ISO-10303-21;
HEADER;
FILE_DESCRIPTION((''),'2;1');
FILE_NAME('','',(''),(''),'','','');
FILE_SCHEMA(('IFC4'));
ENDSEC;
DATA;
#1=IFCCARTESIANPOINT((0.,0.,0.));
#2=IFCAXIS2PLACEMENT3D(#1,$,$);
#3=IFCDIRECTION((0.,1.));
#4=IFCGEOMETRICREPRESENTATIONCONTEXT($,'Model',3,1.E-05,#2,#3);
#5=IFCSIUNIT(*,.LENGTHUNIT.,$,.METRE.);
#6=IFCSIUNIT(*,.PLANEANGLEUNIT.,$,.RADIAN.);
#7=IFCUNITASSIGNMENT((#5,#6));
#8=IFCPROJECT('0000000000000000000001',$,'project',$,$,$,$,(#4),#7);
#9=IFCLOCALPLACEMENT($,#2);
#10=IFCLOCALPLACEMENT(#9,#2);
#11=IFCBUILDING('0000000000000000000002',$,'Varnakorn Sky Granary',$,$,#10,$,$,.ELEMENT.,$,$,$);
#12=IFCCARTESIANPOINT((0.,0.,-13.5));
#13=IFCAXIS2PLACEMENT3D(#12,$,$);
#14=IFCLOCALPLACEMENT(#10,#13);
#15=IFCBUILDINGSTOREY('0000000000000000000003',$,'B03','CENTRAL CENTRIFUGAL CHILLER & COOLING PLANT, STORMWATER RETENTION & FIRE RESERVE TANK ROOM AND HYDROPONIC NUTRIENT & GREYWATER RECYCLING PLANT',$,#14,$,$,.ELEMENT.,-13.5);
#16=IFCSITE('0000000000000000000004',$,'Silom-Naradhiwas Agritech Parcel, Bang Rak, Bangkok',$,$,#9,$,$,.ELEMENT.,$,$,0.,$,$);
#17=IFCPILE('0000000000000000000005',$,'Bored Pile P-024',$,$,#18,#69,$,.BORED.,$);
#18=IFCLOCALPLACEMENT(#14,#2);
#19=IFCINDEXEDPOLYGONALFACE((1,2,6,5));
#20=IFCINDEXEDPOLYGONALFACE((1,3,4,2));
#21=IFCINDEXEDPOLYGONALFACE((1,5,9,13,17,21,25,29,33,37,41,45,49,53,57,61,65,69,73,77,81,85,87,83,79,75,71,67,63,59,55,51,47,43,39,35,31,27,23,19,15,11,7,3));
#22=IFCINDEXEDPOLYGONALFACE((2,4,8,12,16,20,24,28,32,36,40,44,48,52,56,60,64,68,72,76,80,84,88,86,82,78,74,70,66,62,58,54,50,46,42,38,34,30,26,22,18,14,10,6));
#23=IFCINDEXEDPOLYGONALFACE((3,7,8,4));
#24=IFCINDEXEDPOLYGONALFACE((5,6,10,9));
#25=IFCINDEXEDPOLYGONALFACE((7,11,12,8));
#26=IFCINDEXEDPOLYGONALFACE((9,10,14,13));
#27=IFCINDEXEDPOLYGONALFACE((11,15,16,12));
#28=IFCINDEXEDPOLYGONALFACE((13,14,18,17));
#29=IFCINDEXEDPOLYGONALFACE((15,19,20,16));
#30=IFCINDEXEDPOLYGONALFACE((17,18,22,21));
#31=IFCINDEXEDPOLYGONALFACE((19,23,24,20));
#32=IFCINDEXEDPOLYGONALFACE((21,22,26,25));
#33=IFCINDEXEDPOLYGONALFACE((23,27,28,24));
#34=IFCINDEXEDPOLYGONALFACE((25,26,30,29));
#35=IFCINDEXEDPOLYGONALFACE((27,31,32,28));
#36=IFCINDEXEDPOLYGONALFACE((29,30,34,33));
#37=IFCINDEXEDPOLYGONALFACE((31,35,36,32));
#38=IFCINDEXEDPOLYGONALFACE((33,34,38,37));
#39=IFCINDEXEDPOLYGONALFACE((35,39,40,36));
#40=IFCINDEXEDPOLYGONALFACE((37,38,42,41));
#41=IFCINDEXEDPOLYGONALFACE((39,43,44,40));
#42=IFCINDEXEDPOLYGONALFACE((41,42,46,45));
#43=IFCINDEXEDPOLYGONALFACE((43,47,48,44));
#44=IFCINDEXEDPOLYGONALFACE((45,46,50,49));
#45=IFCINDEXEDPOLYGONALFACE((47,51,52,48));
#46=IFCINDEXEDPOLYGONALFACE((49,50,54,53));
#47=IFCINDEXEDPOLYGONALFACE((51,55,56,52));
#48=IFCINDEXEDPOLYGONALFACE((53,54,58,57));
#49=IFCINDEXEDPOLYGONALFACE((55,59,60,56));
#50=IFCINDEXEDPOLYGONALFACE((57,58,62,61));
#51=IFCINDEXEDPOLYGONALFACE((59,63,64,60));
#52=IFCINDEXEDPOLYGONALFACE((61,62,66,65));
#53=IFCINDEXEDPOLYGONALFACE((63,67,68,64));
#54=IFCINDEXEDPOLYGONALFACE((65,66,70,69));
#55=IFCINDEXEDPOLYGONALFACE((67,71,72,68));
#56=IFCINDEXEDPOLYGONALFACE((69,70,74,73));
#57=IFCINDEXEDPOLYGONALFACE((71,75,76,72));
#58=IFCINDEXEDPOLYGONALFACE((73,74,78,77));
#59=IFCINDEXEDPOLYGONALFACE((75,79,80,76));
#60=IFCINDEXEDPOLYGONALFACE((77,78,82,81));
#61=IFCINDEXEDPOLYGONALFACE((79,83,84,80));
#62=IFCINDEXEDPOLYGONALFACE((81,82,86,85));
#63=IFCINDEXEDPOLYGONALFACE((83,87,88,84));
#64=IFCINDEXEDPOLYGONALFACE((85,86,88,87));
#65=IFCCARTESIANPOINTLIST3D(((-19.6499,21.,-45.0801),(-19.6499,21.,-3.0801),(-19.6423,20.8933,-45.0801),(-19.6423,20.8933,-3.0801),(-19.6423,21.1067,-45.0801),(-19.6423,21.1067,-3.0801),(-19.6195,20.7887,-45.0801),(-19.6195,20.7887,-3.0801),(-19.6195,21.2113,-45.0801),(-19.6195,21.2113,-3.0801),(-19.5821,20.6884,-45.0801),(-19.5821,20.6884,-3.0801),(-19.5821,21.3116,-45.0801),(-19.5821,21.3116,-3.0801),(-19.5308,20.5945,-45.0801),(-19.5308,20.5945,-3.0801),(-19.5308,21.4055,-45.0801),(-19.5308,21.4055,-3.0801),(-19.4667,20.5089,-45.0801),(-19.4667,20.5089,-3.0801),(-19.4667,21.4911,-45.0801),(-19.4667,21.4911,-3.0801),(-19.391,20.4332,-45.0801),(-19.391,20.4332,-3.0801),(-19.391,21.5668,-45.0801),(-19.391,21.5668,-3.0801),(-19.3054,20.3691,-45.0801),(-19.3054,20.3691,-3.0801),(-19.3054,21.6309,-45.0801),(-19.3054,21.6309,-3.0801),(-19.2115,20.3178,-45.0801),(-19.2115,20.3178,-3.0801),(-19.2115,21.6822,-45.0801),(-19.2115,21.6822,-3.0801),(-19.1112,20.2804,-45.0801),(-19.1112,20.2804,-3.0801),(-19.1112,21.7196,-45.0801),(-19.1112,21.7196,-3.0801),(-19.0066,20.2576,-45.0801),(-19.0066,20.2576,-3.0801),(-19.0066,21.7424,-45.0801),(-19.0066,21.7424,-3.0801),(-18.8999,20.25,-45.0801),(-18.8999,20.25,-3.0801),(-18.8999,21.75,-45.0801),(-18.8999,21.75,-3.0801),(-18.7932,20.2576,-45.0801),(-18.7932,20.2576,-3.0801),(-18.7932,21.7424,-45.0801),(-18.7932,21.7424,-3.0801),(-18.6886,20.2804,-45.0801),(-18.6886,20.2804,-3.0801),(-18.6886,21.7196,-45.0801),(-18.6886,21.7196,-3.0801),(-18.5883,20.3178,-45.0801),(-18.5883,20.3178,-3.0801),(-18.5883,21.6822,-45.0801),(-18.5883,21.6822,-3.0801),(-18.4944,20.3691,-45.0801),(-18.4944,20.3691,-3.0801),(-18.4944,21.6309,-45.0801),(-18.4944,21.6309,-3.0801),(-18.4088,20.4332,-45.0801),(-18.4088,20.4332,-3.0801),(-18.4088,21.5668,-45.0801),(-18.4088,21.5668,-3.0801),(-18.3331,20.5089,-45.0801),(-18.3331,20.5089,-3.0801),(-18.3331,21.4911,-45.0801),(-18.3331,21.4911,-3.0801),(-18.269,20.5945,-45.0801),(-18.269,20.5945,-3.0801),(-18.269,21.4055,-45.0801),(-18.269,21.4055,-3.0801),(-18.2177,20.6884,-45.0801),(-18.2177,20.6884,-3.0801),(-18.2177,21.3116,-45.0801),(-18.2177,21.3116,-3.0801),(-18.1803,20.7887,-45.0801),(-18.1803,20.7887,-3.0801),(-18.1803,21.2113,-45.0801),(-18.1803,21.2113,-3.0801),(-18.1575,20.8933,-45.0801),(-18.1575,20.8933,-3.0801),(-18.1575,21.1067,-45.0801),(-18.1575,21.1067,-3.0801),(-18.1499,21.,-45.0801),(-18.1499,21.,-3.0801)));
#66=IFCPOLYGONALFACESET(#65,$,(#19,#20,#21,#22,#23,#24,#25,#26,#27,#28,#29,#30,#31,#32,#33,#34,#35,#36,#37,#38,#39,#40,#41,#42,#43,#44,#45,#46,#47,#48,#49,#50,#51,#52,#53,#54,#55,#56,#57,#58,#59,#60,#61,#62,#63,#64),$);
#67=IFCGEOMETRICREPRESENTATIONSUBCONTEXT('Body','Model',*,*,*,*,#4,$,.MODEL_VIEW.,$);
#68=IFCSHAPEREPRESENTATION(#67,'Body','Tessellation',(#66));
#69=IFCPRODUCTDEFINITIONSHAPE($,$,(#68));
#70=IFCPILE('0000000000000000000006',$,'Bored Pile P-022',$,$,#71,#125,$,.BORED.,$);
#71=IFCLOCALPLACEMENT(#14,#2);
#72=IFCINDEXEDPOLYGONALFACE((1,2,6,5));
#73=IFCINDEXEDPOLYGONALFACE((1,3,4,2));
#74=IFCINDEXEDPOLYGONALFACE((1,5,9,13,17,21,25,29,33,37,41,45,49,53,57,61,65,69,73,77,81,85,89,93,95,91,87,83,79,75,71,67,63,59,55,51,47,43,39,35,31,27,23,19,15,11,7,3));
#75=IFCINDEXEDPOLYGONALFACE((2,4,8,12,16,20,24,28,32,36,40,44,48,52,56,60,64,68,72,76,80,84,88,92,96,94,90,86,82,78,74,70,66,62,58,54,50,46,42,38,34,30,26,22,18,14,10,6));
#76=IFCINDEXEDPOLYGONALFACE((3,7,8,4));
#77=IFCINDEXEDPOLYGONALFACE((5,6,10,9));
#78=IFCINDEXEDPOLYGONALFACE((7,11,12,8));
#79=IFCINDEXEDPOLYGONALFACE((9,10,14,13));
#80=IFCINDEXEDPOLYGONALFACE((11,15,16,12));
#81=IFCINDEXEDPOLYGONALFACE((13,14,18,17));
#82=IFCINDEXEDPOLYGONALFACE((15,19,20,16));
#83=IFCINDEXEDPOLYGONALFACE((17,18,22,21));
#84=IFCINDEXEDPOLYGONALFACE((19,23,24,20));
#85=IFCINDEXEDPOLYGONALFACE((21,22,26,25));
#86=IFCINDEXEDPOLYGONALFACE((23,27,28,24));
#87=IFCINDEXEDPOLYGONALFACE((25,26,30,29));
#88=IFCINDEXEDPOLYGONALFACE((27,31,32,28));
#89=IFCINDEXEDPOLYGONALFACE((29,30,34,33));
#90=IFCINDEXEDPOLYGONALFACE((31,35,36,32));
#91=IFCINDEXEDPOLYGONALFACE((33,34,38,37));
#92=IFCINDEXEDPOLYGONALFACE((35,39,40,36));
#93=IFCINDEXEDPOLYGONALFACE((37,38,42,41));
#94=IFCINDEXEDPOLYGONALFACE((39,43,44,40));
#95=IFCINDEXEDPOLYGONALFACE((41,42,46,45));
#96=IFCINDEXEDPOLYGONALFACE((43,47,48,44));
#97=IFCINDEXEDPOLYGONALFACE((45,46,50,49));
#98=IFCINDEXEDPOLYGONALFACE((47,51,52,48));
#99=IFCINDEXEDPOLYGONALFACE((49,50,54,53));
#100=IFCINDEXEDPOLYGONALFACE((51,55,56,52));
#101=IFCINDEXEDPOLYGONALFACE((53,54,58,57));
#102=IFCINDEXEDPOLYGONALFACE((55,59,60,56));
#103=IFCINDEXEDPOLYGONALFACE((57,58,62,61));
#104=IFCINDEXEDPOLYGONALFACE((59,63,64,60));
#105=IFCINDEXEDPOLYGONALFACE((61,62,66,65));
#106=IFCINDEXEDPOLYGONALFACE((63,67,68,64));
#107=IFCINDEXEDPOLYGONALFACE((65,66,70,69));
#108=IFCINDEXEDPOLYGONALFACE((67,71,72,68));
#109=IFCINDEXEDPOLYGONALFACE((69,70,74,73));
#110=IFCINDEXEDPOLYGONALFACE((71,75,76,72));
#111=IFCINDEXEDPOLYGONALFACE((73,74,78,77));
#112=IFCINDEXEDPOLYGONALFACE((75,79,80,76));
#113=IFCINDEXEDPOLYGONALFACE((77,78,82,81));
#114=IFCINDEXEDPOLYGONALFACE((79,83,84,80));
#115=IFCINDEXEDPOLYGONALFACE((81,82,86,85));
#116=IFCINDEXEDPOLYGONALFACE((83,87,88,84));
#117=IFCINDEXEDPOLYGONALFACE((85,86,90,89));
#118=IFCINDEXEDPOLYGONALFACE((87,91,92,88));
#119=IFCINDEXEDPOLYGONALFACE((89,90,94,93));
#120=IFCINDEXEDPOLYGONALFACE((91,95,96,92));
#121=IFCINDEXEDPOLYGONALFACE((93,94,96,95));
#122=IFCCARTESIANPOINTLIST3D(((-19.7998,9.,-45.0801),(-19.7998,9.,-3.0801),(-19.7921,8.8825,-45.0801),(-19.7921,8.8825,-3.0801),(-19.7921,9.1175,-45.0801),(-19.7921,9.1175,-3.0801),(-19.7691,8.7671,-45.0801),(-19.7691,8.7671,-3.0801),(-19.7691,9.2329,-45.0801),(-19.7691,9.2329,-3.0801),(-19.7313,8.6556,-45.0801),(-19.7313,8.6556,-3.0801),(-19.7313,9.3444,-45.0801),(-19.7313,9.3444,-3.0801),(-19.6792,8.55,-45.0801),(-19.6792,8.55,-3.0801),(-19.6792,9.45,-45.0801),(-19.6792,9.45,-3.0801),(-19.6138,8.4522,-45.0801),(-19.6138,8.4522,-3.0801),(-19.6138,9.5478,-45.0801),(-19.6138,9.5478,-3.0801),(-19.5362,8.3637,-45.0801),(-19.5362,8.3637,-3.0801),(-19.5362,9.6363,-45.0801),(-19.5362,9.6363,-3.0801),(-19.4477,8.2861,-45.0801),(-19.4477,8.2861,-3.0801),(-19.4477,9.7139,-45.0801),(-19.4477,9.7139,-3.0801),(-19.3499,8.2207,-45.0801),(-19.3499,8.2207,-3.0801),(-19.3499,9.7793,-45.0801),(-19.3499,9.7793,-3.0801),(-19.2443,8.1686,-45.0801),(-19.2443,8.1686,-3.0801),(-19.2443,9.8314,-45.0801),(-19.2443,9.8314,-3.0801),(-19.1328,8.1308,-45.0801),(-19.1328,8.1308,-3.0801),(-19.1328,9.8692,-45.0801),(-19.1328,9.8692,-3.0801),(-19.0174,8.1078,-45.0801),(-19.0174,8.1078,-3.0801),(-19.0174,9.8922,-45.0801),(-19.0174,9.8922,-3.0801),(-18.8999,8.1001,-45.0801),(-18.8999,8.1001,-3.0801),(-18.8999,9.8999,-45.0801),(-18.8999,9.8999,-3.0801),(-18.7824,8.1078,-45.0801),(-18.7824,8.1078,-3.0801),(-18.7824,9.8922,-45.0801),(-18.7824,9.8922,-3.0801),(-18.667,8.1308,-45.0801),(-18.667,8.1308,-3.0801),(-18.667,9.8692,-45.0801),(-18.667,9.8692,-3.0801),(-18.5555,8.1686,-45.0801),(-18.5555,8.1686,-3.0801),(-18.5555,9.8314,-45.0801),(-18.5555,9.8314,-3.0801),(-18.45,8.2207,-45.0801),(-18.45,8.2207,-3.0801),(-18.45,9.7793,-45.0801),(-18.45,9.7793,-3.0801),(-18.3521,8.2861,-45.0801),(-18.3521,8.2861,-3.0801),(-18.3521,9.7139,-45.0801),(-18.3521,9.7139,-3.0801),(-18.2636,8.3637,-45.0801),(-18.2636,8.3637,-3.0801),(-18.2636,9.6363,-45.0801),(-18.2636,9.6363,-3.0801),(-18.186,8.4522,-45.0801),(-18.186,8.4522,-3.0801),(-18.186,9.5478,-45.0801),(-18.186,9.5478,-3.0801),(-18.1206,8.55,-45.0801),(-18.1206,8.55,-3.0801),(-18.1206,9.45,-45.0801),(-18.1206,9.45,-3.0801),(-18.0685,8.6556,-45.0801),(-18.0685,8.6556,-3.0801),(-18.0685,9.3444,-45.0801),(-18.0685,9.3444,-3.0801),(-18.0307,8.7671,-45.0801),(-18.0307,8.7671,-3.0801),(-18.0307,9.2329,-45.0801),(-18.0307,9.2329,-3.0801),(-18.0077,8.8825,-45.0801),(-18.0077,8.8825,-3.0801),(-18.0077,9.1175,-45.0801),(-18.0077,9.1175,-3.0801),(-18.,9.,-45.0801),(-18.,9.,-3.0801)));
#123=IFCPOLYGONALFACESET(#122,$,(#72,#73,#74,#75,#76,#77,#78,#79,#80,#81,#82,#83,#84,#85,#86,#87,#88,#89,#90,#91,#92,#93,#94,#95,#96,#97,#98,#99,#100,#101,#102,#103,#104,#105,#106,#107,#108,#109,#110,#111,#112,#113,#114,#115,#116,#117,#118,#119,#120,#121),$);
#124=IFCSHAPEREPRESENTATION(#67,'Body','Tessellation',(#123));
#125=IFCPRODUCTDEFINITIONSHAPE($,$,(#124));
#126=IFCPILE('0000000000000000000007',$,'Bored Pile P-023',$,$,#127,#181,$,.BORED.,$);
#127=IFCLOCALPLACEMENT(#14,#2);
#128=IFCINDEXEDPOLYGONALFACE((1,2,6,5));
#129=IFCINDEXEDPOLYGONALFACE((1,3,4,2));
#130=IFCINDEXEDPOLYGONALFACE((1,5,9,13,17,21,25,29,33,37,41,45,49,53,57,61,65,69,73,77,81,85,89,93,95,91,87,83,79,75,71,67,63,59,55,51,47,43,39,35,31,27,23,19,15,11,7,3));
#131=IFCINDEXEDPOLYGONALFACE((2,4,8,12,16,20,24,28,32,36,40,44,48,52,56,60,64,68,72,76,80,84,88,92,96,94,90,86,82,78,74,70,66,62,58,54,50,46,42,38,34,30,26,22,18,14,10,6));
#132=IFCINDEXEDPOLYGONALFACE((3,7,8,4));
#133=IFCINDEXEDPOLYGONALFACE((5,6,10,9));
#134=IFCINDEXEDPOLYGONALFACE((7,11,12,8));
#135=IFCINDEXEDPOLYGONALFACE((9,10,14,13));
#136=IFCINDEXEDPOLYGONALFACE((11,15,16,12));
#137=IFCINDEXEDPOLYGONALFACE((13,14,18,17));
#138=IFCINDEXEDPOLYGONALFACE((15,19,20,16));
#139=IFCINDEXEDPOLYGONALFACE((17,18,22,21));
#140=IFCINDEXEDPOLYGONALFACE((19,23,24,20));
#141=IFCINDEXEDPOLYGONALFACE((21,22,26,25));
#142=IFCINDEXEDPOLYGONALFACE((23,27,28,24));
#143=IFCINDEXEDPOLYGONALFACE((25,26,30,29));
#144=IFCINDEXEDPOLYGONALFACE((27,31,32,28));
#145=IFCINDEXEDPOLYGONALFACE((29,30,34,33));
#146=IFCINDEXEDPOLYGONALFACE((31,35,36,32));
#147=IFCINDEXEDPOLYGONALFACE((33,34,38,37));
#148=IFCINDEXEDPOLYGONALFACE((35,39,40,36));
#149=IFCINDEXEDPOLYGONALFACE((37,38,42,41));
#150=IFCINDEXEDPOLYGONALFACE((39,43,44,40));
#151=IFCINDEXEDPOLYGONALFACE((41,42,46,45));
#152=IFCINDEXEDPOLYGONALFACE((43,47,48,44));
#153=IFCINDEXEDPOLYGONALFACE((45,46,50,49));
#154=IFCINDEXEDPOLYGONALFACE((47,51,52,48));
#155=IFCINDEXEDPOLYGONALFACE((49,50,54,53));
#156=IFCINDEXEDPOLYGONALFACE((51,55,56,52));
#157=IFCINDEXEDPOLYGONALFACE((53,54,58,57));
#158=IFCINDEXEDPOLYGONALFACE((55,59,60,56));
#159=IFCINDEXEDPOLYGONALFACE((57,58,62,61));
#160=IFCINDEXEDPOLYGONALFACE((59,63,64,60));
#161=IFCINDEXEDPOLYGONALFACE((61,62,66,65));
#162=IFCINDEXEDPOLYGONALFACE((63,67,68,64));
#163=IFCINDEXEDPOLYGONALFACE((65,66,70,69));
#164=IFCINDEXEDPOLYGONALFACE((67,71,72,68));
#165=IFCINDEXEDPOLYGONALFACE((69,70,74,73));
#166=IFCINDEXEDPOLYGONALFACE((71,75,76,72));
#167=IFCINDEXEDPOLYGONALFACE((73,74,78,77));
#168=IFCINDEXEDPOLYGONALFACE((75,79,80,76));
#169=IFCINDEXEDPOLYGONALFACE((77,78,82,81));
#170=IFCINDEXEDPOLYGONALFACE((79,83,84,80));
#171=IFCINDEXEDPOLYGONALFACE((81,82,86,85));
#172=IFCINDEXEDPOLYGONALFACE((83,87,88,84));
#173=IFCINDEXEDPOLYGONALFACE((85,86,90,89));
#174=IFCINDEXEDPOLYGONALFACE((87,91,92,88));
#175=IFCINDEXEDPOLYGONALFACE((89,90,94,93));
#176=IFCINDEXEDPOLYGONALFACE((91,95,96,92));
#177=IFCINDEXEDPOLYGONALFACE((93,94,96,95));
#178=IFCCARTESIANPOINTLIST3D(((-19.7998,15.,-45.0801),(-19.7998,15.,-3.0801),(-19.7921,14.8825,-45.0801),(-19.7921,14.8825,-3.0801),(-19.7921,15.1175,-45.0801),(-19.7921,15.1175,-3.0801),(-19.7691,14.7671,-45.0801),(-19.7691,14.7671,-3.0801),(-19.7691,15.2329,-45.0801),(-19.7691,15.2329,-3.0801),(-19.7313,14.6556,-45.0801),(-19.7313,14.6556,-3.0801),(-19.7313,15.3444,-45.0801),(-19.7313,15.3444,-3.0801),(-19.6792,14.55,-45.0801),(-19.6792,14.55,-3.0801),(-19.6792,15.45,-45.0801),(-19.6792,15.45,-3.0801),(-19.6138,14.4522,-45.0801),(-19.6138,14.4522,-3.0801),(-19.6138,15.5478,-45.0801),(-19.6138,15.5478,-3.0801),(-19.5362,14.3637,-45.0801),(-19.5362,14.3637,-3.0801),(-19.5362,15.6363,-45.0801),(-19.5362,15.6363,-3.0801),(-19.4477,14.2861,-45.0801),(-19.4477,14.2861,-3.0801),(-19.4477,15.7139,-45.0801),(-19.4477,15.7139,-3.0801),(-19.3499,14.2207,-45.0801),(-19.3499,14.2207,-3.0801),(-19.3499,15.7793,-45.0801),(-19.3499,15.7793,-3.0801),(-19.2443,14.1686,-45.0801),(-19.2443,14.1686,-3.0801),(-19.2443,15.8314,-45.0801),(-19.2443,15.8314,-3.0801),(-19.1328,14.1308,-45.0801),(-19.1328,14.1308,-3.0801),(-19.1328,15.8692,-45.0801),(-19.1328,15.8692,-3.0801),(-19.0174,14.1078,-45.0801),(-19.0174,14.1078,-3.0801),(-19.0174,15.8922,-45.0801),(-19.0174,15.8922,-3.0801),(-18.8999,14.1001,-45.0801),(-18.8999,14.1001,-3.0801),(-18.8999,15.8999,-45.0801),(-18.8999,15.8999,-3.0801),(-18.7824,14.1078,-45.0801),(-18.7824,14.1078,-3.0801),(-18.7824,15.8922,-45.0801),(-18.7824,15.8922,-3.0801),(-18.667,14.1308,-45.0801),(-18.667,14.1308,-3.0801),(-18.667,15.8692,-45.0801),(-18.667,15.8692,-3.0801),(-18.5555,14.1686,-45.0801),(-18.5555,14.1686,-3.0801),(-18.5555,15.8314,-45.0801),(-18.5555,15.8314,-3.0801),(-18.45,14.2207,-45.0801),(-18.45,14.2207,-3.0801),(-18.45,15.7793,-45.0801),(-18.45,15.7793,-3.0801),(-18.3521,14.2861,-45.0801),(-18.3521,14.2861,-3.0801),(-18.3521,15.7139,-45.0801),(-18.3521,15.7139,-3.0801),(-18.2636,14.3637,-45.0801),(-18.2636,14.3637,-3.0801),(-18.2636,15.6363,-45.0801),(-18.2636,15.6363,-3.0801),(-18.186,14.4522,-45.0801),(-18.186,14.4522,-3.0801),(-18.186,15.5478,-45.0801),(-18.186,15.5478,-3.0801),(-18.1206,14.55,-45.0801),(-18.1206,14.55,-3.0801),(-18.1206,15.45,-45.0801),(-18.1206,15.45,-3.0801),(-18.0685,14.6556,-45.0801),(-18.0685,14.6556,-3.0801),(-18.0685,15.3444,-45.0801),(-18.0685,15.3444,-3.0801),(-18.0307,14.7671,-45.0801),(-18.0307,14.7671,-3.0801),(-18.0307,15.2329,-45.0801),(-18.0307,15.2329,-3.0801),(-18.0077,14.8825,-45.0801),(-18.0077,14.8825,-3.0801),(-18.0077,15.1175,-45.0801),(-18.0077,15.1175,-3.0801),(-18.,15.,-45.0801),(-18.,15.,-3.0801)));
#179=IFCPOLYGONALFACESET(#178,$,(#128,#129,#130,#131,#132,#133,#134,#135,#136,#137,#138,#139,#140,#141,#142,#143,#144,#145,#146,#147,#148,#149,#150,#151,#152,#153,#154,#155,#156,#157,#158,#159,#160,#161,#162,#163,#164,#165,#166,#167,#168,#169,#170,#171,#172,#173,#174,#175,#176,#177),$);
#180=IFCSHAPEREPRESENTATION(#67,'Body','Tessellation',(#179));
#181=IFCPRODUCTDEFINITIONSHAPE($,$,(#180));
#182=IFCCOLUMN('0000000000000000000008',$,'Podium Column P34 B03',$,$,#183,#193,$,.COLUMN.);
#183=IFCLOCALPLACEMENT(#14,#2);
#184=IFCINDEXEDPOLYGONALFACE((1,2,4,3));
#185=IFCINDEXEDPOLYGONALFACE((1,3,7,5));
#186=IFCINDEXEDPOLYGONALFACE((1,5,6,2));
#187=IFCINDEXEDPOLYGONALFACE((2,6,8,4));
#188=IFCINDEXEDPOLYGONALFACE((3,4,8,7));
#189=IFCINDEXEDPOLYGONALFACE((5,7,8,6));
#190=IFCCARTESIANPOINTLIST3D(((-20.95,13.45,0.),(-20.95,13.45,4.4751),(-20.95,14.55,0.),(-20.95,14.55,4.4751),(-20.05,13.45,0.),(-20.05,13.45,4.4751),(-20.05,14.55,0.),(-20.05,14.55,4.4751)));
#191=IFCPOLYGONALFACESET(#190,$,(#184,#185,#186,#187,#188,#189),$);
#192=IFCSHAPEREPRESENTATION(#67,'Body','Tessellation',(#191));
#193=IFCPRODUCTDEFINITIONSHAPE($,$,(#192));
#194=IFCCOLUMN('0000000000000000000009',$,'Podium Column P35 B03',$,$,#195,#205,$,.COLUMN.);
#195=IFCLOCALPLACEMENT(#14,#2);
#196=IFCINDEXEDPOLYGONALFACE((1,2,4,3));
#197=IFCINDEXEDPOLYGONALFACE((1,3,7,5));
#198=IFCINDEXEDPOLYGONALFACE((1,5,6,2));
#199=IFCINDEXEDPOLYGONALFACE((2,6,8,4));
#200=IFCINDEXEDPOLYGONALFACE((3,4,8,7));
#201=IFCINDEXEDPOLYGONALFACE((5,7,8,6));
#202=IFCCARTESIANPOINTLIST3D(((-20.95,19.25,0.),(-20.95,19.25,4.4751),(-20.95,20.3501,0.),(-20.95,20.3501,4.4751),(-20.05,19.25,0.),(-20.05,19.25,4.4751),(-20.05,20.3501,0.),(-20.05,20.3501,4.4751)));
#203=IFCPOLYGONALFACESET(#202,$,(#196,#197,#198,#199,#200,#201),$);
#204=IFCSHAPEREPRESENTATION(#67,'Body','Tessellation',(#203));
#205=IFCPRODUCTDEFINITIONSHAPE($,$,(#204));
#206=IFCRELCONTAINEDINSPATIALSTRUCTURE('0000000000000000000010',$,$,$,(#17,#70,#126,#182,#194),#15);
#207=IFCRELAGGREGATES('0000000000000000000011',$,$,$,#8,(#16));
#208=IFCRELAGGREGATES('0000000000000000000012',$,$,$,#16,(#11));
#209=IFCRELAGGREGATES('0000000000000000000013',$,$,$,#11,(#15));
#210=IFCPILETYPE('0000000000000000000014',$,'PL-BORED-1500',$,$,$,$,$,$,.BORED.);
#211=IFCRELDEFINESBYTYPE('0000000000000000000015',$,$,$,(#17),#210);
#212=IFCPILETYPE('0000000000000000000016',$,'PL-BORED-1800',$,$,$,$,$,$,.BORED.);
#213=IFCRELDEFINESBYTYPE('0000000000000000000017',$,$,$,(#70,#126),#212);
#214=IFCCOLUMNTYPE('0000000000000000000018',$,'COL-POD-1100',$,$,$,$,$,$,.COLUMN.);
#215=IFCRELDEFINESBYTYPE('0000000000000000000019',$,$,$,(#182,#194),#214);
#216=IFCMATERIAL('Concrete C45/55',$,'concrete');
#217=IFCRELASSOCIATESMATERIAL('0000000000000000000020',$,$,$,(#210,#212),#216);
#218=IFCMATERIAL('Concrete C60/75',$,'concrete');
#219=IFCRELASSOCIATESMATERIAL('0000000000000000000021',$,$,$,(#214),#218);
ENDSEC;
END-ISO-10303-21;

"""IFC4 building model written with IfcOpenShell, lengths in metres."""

from ifc_helpers import new_model, si_unit, direction, frame, origin, origin_2d, place, context, subcontext, project, spatial, rectangle, circle, extrude, material, material_profile, profile_set, type_object, element, save


model = new_model("IFC4")

# Units and contexts
model_context = context("Model", 3, precision=1e-05, world=origin(), true_north=direction((0.0, 1.0)))
body_context = subcontext(model_context, "Body", "Model", "MODEL_VIEW")
ifc_project = project(units=[si_unit("LENGTHUNIT", "METRE"), si_unit("PLANEANGLEUNIT", "RADIAN")], contexts=[model_context])

# Site, building, storey
site_placement = place(None, origin())
site = spatial("IfcSite", under=ifc_project, at=site_placement, Name="Silom-Naradhiwas Agritech Parcel, Bang Rak, Bangkok", CompositionType="ELEMENT", RefElevation=0.0)
building_placement = place(site_placement, origin())
building = spatial("IfcBuilding", under=site, at=building_placement, Name="Varnakorn Sky Granary", CompositionType="ELEMENT")
storey_placement = place(building_placement, frame((0.0, 0.0, -13.5)))
storey = spatial("IfcBuildingStorey", under=building, at=storey_placement, Name="B03", Description="CENTRAL CENTRIFUGAL CHILLER & COOLING PLANT, STORMWATER RETENTION & FIRE RESERVE TANK ROOM AND HYDROPONIC NUTRIENT & GREYWATER RECYCLING PLANT", CompositionType="ELEMENT", Elevation=-13.5)

# Piles
ifc_material_1 = material(Name="Concrete C45/55", Category="concrete")
ifc_material_profile_1 = material_profile(ifc_material_1, circle(Radius=0.75, at=origin_2d()), Name="PILE D1500")
ifc_profile_set_1 = profile_set([ifc_material_profile_1], Name="Concrete C45/55")
pile_type_1 = type_object("IfcPileType", Name="PL-BORED-1500", PredefinedType="BORED", material=ifc_profile_set_1)
pile_placement = place(storey_placement, frame((-18.8999, 21.0, -3.0801), z_axis=(0.0, 0.0, -1.0), x_axis=(1.0, 0.0, 0.0)))
element("IfcPile", 1, at=pile_placement, inside=storey, type_object=pile_type_1, Name="Bored Pile P-024", PredefinedType="BORED", context=body_context, shape_type="SweptSolid", body=[
    extrude(circle(Radius=0.75, at=origin_2d()), origin(), (0.0, 0.0, 1.0), 42.0),
])
ifc_material_profile_2 = material_profile(ifc_material_1, circle(Radius=0.8999, at=origin_2d()), Name="PILE D1800")
ifc_profile_set_2 = profile_set([ifc_material_profile_2], Name="Concrete C45/55")
pile_type_2 = type_object("IfcPileType", Name="PL-BORED-1800", PredefinedType="BORED", material=ifc_profile_set_2)
for number, where, z_axis, x_axis, name in (
    (2, (-18.8999, 9.0, -3.0801), (0.0, 0.0, -1.0), (1.0, 0.0, 0.0), "Bored Pile P-022"),
    (3, (-18.8999, 15.0, -3.0801), (0.0, 0.0, -1.0), (1.0, 0.0, 0.0), "Bored Pile P-023"),
):
    element("IfcPile", number, at=place(storey_placement, frame(where, z_axis=z_axis, x_axis=x_axis)), inside=storey, type_object=pile_type_2, Name=name, PredefinedType="BORED", context=body_context, shape_type="SweptSolid", body=[
        extrude(circle(Radius=0.8999, at=origin_2d()), origin(), (0.0, 0.0, 1.0), 42.0),
    ])

# Columns
ifc_material_2 = material(Name="Concrete C60/75", Category="concrete")
ifc_material_profile_3 = material_profile(ifc_material_2, rectangle(XDim=0.8999, YDim=1.1001, at=origin_2d()), Name="RC 900x1100")
ifc_profile_set_3 = profile_set([ifc_material_profile_3], Name="Concrete C60/75")
column_type = type_object("IfcColumnType", Name="COL-POD-1100", PredefinedType="COLUMN", material=ifc_profile_set_3)
for number, where, z_axis, x_axis, name in (
    (4, (-20.5, 14.0, 0.0), (0.0, 0.0, 1.0), (1.0, 0.0, 0.0), "Podium Column P34 B03"),
    (5, (-20.5, 19.8, 0.0), (0.0, 0.0, 1.0), (1.0, 0.0, 0.0), "Podium Column P35 B03"),
):
    element("IfcColumn", number, at=place(storey_placement, frame(where, z_axis=z_axis, x_axis=x_axis)), inside=storey, type_object=column_type, Name=name, PredefinedType="COLUMN", context=body_context, shape_type="SweptSolid", body=[
        extrude(rectangle(XDim=0.8999, YDim=1.1001, at=origin_2d()), origin(), (0.0, 0.0, 1.0), 4.4751),
    ])

save(model, "model.ifc")
